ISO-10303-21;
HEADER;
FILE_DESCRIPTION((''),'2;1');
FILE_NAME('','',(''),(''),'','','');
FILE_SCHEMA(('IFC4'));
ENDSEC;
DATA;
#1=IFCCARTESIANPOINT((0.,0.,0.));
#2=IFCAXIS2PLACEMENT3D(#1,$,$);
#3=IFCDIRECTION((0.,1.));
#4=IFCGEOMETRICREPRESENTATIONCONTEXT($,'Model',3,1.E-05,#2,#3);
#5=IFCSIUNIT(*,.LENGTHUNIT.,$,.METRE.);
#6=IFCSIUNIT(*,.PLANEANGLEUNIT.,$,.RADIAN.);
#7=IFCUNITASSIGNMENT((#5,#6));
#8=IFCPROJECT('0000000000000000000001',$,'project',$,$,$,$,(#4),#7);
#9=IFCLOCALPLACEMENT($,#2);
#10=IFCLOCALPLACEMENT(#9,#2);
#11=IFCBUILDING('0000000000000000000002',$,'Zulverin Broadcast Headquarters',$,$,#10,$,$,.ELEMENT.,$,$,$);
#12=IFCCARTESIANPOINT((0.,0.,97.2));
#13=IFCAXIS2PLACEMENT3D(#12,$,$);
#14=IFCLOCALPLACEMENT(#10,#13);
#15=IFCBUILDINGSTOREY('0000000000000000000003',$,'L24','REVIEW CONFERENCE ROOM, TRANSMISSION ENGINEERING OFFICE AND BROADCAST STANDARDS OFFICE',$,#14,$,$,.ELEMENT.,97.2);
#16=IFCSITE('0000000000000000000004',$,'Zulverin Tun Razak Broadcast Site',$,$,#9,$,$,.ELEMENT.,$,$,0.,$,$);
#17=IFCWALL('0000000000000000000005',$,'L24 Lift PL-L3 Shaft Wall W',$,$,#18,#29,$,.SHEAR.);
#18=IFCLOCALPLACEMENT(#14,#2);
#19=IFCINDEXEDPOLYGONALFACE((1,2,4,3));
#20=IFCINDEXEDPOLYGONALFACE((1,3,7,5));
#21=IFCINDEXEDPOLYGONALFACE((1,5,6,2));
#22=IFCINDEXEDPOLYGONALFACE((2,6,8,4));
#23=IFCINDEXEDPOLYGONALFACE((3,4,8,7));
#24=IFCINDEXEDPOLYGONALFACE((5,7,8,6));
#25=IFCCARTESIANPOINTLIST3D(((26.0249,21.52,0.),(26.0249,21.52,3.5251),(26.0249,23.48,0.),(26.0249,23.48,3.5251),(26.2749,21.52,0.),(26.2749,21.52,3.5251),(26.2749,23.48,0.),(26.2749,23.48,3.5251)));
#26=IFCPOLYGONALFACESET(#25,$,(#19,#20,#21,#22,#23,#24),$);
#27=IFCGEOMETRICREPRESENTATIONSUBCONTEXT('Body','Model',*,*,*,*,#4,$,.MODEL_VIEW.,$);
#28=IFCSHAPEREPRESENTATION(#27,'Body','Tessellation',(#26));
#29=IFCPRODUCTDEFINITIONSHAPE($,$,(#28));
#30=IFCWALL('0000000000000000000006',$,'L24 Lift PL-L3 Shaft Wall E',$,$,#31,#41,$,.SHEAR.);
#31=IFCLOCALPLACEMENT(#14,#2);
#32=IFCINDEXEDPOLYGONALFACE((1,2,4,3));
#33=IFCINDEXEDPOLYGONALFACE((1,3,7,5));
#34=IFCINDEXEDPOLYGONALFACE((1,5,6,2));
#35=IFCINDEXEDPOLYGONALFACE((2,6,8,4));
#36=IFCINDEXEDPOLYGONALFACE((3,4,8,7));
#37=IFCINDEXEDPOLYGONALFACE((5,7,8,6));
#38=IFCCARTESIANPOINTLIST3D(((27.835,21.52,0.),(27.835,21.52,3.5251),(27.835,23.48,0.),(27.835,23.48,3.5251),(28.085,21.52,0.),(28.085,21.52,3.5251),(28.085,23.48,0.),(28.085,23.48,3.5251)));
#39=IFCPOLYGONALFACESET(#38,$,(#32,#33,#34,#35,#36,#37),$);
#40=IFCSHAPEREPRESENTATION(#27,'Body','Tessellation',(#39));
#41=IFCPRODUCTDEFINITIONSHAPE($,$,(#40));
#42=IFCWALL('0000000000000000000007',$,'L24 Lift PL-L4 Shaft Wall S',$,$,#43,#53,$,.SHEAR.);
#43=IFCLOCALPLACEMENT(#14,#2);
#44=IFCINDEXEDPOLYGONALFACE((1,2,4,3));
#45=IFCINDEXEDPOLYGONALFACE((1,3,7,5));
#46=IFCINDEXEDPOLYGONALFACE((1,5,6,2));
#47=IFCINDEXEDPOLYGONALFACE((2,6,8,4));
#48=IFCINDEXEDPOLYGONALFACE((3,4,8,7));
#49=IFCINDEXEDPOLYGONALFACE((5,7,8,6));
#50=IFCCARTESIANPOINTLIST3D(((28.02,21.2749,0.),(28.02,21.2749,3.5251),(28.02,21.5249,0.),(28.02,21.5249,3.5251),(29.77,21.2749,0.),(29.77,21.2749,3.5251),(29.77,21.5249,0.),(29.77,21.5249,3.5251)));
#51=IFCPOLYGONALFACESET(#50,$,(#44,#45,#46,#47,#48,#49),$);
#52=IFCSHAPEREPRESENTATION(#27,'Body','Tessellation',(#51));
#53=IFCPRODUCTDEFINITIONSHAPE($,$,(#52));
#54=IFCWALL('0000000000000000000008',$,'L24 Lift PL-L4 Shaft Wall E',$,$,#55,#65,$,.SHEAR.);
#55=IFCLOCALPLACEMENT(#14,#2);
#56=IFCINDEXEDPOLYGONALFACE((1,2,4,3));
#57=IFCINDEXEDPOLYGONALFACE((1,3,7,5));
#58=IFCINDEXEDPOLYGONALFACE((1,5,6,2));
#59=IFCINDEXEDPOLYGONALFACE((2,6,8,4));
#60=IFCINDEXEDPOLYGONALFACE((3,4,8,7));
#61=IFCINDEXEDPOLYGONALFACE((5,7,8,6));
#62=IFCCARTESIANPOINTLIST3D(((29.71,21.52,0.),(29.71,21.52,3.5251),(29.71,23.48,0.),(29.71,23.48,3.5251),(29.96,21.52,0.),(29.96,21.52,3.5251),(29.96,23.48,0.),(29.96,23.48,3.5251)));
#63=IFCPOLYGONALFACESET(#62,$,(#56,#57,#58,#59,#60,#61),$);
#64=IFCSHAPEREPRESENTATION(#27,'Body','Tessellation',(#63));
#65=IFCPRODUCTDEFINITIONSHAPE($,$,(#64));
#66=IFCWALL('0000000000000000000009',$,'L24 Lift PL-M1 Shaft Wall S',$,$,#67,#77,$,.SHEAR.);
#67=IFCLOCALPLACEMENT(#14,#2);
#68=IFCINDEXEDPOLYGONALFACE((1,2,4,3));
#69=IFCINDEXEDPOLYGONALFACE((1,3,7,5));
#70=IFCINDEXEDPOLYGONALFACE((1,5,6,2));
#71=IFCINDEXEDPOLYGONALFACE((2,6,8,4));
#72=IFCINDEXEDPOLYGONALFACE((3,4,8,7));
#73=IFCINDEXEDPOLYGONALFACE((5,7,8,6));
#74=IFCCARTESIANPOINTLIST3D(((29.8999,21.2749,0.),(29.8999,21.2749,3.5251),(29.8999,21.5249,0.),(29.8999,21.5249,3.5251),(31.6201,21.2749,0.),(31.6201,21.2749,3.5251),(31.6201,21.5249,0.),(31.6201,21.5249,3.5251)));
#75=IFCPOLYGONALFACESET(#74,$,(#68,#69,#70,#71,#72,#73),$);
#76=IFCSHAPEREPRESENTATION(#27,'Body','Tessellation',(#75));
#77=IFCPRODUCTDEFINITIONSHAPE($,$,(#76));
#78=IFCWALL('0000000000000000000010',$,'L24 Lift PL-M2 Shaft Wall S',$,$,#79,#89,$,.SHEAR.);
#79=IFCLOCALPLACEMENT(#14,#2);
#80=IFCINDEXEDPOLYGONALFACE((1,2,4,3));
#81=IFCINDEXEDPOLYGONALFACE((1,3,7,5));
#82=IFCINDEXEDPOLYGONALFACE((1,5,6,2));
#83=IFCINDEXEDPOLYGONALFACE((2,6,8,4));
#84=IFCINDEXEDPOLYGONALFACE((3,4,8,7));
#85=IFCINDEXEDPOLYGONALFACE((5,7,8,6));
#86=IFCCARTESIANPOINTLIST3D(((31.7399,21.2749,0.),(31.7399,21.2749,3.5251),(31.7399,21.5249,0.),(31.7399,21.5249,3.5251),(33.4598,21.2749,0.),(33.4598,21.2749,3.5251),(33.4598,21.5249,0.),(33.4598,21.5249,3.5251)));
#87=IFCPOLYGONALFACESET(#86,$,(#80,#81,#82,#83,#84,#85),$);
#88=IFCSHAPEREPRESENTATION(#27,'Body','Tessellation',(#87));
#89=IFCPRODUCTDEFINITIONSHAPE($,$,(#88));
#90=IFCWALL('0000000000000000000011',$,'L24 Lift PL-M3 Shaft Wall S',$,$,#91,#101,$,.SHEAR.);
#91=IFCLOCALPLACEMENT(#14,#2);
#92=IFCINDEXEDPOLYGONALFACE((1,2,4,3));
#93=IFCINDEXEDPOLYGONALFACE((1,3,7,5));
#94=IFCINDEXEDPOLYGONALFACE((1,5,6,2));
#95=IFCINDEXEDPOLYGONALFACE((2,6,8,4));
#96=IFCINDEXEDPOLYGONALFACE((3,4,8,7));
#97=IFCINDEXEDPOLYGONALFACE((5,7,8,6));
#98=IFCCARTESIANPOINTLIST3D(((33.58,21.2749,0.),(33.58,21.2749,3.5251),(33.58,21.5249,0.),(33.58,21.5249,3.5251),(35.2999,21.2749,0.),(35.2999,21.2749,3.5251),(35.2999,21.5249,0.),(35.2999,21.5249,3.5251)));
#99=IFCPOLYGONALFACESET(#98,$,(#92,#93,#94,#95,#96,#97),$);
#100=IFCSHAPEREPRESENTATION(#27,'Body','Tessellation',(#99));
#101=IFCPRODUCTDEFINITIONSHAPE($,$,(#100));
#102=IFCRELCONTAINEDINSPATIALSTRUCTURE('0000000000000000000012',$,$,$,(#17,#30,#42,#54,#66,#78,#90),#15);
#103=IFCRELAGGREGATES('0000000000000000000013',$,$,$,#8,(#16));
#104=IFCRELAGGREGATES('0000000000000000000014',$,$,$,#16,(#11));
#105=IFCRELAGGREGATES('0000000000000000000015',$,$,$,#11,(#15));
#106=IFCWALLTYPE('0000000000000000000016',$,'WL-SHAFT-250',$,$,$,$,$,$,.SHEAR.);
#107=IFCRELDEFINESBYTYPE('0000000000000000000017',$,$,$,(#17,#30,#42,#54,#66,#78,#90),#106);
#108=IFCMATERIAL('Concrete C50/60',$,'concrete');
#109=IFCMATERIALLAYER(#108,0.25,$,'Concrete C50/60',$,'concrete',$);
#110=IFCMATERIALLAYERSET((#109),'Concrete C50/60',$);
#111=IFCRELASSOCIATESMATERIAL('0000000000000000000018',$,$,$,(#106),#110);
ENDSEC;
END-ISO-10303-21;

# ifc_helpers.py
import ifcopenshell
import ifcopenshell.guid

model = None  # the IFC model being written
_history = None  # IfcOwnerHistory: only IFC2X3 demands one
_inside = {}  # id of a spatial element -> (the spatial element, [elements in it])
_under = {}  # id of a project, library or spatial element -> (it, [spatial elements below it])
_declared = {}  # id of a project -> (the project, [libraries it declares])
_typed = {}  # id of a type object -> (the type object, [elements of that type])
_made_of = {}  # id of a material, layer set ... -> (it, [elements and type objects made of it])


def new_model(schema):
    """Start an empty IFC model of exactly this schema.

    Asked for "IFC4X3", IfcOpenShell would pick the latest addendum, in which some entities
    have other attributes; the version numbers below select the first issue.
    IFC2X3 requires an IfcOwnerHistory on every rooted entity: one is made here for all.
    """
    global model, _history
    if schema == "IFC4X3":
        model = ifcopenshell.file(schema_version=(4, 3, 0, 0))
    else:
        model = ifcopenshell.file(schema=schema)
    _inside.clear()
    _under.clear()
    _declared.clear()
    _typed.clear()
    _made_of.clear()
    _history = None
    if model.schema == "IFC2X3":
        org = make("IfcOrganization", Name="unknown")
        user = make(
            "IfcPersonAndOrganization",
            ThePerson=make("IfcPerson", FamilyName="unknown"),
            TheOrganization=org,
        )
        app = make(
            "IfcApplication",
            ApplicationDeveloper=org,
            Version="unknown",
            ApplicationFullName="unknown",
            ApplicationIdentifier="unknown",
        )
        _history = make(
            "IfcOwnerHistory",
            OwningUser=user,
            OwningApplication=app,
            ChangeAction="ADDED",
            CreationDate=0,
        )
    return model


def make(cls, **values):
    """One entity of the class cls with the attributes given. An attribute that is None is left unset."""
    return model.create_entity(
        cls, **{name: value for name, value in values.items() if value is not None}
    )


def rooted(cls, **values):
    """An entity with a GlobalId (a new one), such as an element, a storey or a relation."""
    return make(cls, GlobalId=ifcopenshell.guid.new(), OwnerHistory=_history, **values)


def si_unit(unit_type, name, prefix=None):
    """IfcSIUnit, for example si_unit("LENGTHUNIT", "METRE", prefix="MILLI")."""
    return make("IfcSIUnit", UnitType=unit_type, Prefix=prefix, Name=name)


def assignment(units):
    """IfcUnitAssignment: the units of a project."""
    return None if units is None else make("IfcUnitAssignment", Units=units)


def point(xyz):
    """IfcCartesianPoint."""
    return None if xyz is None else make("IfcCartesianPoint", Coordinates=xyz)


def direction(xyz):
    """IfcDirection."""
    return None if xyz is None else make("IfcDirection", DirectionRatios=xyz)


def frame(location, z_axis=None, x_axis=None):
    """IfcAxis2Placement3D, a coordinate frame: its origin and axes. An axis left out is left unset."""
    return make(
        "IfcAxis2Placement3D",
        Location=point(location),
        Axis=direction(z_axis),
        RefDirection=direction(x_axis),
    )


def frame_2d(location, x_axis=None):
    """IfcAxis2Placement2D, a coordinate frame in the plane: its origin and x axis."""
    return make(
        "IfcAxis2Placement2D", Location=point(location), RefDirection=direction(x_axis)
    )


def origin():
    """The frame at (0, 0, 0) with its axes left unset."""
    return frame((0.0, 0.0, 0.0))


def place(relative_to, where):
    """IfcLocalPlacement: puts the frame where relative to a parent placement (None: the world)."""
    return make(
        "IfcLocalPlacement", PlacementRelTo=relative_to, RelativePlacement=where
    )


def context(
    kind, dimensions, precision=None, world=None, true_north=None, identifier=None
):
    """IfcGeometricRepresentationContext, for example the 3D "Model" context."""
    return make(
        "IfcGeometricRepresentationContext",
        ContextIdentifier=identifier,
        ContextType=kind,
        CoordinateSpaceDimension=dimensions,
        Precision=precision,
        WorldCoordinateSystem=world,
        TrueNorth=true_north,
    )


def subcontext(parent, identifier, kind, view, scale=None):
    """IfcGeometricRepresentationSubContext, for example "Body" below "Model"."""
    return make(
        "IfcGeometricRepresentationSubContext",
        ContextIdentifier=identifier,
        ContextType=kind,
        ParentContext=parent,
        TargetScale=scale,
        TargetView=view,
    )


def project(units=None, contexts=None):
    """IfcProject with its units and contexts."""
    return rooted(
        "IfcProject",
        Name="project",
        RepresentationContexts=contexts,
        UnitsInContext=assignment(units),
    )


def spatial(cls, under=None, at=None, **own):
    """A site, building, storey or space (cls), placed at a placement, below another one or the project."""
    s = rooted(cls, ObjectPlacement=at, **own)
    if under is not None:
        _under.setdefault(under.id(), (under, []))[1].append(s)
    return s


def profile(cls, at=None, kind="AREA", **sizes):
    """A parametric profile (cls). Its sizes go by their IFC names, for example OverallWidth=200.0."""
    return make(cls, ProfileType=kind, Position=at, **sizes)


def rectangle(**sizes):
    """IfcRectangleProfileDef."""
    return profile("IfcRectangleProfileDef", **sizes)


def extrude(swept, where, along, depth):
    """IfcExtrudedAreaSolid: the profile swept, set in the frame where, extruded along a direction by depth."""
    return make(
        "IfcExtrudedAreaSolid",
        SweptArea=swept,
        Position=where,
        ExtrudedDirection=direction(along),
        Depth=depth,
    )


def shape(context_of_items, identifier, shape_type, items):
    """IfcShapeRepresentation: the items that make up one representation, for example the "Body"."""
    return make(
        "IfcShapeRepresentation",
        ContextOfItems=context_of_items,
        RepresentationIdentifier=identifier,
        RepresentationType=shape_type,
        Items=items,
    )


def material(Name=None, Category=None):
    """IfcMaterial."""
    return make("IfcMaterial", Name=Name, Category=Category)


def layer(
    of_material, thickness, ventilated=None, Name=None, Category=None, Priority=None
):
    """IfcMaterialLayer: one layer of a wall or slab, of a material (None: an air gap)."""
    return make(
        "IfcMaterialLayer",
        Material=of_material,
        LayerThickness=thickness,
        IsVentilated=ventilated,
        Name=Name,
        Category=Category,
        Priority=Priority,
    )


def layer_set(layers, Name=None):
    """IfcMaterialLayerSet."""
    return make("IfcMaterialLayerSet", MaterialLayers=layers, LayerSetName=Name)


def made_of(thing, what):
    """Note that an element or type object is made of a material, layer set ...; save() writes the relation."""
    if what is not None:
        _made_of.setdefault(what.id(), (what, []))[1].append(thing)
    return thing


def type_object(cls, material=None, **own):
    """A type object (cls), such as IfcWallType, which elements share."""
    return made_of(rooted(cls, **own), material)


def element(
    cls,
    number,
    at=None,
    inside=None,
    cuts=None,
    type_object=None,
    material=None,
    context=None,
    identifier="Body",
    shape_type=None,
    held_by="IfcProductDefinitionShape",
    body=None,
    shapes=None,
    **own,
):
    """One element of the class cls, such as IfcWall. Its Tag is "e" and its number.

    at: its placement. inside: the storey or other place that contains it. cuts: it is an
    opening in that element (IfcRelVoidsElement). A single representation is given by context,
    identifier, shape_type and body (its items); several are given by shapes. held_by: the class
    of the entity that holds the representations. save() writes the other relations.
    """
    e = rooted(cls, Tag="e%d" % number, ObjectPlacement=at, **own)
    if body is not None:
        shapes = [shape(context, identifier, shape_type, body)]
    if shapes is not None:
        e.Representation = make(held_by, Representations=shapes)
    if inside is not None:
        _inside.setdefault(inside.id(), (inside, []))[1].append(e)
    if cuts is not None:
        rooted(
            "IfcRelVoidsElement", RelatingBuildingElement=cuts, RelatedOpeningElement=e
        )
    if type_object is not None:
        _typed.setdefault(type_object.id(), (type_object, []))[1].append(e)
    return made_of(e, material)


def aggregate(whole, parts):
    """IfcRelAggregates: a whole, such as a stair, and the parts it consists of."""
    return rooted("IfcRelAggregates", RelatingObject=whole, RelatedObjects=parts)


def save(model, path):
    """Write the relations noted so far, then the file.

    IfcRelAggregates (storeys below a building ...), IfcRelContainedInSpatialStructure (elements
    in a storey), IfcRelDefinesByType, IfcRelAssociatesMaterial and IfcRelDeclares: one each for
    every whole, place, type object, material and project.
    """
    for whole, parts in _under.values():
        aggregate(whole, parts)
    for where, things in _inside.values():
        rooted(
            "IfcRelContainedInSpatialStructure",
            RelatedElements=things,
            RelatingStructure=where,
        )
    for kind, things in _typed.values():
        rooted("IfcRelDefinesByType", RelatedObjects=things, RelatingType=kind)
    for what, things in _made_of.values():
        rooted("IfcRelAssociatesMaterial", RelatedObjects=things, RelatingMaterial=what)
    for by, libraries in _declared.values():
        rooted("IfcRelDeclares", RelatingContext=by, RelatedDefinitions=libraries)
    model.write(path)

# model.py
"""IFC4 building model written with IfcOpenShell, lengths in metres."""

from ifc_helpers import new_model, si_unit, direction, frame, frame_2d, origin, place, context, subcontext, project, spatial, rectangle, extrude, material, layer, layer_set, type_object, element, save


model = new_model("IFC4")

# Units and contexts
model_context = context("Model", 3, precision=1e-05, world=origin(), true_north=direction((0.0, 1.0)))
body_context = subcontext(model_context, "Body", "Model", "MODEL_VIEW")
ifc_project = project(units=[si_unit("LENGTHUNIT", "METRE"), si_unit("PLANEANGLEUNIT", "RADIAN")], contexts=[model_context])

# Site, building, storey
site_placement = place(None, origin())
site = spatial("IfcSite", under=ifc_project, at=site_placement, Name="Zulverin Tun Razak Broadcast Site", CompositionType="ELEMENT", RefElevation=0.0)
building_placement = place(site_placement, origin())
building = spatial("IfcBuilding", under=site, at=building_placement, Name="Zulverin Broadcast Headquarters", CompositionType="ELEMENT")
storey_placement = place(building_placement, frame((0.0, 0.0, 97.2)))
storey = spatial("IfcBuildingStorey", under=building, at=storey_placement, Name="L24", Description="REVIEW CONFERENCE ROOM, TRANSMISSION ENGINEERING OFFICE AND BROADCAST STANDARDS OFFICE", CompositionType="ELEMENT", Elevation=97.2)

# Walls
ifc_material_1 = material(Name="Concrete C50/60", Category="concrete")
ifc_layer_1 = layer(ifc_material_1, 0.25, Name="Concrete C50/60", Category="concrete")
ifc_layer_set_1 = layer_set([ifc_layer_1], Name="Concrete C50/60")
wall_type_1 = type_object("IfcWallType", Name="WL-SHAFT-250", PredefinedType="SHEAR", material=ifc_layer_set_1)
for number, where, z_axis, x_axis, name in (
    (1, (26.1499, 21.52, 0.0), (0.0, 0.0, 1.0), (0.0, 1.0, 0.0), "L24 Lift PL-L3 Shaft Wall W"),
    (2, (27.96, 21.52, 0.0), (0.0, 0.0, 1.0), (0.0, 1.0, 0.0), "L24 Lift PL-L3 Shaft Wall E"),
):
    element("IfcWall", number, at=place(storey_placement, frame(where, z_axis=z_axis, x_axis=x_axis)), inside=storey, type_object=wall_type_1, Name=name, PredefinedType="SHEAR", context=body_context, shape_type="SweptSolid", body=[
        extrude(rectangle(XDim=1.96, YDim=0.25, at=frame_2d((0.98, 0.0))), origin(), (0.0, 0.0, 1.0), 3.5251),
    ])
wall_1_placement = place(storey_placement, frame((28.02, 21.3999, 0.0), z_axis=(0.0, 0.0, 1.0), x_axis=(1.0, 0.0, 0.0)))
element("IfcWall", 3, at=wall_1_placement, inside=storey, type_object=wall_type_1, Name="L24 Lift PL-L4 Shaft Wall S", PredefinedType="SHEAR", context=body_context, shape_type="SweptSolid", body=[
    extrude(rectangle(XDim=1.75, YDim=0.25, at=frame_2d((0.875, 0.0))), origin(), (0.0, 0.0, 1.0), 3.5251),
])
wall_2_placement = place(storey_placement, frame((29.835, 21.52, 0.0), z_axis=(0.0, 0.0, 1.0), x_axis=(0.0, 1.0, 0.0)))
element("IfcWall", 4, at=wall_2_placement, inside=storey, type_object=wall_type_1, Name="L24 Lift PL-L4 Shaft Wall E", PredefinedType="SHEAR", context=body_context, shape_type="SweptSolid", body=[
    extrude(rectangle(XDim=1.96, YDim=0.25, at=frame_2d((0.98, 0.0))), origin(), (0.0, 0.0, 1.0), 3.5251),
])
wall_3_placement = place(storey_placement, frame((29.8999, 21.3999, 0.0), z_axis=(0.0, 0.0, 1.0), x_axis=(1.0, 0.0, 0.0)))
element("IfcWall", 5, at=wall_3_placement, inside=storey, type_object=wall_type_1, Name="L24 Lift PL-M1 Shaft Wall S", PredefinedType="SHEAR", context=body_context, shape_type="SweptSolid", body=[
    extrude(rectangle(XDim=1.7202, YDim=0.25, at=frame_2d((0.8601, 0.0))), origin(), (0.0, 0.0, 1.0), 3.5251),
])
for number, where, z_axis, x_axis, name in (
    (6, (31.74, 21.3999, 0.0), (0.0, 0.0, 1.0), (1.0, 0.0, 0.0), "L24 Lift PL-M2 Shaft Wall S"),
    (7, (33.5801, 21.3999, 0.0), (0.0, 0.0, 1.0), (1.0, 0.0, 0.0), "L24 Lift PL-M3 Shaft Wall S"),
):
    element("IfcWall", number, at=place(storey_placement, frame(where, z_axis=z_axis, x_axis=x_axis)), inside=storey, type_object=wall_type_1, Name=name, PredefinedType="SHEAR", context=body_context, shape_type="SweptSolid", body=[
        extrude(rectangle(XDim=1.72, YDim=0.25, at=frame_2d((0.8599, 0.0))), origin(), (0.0, 0.0, 1.0), 3.5251),
    ])

save(model, "model.ifc")
